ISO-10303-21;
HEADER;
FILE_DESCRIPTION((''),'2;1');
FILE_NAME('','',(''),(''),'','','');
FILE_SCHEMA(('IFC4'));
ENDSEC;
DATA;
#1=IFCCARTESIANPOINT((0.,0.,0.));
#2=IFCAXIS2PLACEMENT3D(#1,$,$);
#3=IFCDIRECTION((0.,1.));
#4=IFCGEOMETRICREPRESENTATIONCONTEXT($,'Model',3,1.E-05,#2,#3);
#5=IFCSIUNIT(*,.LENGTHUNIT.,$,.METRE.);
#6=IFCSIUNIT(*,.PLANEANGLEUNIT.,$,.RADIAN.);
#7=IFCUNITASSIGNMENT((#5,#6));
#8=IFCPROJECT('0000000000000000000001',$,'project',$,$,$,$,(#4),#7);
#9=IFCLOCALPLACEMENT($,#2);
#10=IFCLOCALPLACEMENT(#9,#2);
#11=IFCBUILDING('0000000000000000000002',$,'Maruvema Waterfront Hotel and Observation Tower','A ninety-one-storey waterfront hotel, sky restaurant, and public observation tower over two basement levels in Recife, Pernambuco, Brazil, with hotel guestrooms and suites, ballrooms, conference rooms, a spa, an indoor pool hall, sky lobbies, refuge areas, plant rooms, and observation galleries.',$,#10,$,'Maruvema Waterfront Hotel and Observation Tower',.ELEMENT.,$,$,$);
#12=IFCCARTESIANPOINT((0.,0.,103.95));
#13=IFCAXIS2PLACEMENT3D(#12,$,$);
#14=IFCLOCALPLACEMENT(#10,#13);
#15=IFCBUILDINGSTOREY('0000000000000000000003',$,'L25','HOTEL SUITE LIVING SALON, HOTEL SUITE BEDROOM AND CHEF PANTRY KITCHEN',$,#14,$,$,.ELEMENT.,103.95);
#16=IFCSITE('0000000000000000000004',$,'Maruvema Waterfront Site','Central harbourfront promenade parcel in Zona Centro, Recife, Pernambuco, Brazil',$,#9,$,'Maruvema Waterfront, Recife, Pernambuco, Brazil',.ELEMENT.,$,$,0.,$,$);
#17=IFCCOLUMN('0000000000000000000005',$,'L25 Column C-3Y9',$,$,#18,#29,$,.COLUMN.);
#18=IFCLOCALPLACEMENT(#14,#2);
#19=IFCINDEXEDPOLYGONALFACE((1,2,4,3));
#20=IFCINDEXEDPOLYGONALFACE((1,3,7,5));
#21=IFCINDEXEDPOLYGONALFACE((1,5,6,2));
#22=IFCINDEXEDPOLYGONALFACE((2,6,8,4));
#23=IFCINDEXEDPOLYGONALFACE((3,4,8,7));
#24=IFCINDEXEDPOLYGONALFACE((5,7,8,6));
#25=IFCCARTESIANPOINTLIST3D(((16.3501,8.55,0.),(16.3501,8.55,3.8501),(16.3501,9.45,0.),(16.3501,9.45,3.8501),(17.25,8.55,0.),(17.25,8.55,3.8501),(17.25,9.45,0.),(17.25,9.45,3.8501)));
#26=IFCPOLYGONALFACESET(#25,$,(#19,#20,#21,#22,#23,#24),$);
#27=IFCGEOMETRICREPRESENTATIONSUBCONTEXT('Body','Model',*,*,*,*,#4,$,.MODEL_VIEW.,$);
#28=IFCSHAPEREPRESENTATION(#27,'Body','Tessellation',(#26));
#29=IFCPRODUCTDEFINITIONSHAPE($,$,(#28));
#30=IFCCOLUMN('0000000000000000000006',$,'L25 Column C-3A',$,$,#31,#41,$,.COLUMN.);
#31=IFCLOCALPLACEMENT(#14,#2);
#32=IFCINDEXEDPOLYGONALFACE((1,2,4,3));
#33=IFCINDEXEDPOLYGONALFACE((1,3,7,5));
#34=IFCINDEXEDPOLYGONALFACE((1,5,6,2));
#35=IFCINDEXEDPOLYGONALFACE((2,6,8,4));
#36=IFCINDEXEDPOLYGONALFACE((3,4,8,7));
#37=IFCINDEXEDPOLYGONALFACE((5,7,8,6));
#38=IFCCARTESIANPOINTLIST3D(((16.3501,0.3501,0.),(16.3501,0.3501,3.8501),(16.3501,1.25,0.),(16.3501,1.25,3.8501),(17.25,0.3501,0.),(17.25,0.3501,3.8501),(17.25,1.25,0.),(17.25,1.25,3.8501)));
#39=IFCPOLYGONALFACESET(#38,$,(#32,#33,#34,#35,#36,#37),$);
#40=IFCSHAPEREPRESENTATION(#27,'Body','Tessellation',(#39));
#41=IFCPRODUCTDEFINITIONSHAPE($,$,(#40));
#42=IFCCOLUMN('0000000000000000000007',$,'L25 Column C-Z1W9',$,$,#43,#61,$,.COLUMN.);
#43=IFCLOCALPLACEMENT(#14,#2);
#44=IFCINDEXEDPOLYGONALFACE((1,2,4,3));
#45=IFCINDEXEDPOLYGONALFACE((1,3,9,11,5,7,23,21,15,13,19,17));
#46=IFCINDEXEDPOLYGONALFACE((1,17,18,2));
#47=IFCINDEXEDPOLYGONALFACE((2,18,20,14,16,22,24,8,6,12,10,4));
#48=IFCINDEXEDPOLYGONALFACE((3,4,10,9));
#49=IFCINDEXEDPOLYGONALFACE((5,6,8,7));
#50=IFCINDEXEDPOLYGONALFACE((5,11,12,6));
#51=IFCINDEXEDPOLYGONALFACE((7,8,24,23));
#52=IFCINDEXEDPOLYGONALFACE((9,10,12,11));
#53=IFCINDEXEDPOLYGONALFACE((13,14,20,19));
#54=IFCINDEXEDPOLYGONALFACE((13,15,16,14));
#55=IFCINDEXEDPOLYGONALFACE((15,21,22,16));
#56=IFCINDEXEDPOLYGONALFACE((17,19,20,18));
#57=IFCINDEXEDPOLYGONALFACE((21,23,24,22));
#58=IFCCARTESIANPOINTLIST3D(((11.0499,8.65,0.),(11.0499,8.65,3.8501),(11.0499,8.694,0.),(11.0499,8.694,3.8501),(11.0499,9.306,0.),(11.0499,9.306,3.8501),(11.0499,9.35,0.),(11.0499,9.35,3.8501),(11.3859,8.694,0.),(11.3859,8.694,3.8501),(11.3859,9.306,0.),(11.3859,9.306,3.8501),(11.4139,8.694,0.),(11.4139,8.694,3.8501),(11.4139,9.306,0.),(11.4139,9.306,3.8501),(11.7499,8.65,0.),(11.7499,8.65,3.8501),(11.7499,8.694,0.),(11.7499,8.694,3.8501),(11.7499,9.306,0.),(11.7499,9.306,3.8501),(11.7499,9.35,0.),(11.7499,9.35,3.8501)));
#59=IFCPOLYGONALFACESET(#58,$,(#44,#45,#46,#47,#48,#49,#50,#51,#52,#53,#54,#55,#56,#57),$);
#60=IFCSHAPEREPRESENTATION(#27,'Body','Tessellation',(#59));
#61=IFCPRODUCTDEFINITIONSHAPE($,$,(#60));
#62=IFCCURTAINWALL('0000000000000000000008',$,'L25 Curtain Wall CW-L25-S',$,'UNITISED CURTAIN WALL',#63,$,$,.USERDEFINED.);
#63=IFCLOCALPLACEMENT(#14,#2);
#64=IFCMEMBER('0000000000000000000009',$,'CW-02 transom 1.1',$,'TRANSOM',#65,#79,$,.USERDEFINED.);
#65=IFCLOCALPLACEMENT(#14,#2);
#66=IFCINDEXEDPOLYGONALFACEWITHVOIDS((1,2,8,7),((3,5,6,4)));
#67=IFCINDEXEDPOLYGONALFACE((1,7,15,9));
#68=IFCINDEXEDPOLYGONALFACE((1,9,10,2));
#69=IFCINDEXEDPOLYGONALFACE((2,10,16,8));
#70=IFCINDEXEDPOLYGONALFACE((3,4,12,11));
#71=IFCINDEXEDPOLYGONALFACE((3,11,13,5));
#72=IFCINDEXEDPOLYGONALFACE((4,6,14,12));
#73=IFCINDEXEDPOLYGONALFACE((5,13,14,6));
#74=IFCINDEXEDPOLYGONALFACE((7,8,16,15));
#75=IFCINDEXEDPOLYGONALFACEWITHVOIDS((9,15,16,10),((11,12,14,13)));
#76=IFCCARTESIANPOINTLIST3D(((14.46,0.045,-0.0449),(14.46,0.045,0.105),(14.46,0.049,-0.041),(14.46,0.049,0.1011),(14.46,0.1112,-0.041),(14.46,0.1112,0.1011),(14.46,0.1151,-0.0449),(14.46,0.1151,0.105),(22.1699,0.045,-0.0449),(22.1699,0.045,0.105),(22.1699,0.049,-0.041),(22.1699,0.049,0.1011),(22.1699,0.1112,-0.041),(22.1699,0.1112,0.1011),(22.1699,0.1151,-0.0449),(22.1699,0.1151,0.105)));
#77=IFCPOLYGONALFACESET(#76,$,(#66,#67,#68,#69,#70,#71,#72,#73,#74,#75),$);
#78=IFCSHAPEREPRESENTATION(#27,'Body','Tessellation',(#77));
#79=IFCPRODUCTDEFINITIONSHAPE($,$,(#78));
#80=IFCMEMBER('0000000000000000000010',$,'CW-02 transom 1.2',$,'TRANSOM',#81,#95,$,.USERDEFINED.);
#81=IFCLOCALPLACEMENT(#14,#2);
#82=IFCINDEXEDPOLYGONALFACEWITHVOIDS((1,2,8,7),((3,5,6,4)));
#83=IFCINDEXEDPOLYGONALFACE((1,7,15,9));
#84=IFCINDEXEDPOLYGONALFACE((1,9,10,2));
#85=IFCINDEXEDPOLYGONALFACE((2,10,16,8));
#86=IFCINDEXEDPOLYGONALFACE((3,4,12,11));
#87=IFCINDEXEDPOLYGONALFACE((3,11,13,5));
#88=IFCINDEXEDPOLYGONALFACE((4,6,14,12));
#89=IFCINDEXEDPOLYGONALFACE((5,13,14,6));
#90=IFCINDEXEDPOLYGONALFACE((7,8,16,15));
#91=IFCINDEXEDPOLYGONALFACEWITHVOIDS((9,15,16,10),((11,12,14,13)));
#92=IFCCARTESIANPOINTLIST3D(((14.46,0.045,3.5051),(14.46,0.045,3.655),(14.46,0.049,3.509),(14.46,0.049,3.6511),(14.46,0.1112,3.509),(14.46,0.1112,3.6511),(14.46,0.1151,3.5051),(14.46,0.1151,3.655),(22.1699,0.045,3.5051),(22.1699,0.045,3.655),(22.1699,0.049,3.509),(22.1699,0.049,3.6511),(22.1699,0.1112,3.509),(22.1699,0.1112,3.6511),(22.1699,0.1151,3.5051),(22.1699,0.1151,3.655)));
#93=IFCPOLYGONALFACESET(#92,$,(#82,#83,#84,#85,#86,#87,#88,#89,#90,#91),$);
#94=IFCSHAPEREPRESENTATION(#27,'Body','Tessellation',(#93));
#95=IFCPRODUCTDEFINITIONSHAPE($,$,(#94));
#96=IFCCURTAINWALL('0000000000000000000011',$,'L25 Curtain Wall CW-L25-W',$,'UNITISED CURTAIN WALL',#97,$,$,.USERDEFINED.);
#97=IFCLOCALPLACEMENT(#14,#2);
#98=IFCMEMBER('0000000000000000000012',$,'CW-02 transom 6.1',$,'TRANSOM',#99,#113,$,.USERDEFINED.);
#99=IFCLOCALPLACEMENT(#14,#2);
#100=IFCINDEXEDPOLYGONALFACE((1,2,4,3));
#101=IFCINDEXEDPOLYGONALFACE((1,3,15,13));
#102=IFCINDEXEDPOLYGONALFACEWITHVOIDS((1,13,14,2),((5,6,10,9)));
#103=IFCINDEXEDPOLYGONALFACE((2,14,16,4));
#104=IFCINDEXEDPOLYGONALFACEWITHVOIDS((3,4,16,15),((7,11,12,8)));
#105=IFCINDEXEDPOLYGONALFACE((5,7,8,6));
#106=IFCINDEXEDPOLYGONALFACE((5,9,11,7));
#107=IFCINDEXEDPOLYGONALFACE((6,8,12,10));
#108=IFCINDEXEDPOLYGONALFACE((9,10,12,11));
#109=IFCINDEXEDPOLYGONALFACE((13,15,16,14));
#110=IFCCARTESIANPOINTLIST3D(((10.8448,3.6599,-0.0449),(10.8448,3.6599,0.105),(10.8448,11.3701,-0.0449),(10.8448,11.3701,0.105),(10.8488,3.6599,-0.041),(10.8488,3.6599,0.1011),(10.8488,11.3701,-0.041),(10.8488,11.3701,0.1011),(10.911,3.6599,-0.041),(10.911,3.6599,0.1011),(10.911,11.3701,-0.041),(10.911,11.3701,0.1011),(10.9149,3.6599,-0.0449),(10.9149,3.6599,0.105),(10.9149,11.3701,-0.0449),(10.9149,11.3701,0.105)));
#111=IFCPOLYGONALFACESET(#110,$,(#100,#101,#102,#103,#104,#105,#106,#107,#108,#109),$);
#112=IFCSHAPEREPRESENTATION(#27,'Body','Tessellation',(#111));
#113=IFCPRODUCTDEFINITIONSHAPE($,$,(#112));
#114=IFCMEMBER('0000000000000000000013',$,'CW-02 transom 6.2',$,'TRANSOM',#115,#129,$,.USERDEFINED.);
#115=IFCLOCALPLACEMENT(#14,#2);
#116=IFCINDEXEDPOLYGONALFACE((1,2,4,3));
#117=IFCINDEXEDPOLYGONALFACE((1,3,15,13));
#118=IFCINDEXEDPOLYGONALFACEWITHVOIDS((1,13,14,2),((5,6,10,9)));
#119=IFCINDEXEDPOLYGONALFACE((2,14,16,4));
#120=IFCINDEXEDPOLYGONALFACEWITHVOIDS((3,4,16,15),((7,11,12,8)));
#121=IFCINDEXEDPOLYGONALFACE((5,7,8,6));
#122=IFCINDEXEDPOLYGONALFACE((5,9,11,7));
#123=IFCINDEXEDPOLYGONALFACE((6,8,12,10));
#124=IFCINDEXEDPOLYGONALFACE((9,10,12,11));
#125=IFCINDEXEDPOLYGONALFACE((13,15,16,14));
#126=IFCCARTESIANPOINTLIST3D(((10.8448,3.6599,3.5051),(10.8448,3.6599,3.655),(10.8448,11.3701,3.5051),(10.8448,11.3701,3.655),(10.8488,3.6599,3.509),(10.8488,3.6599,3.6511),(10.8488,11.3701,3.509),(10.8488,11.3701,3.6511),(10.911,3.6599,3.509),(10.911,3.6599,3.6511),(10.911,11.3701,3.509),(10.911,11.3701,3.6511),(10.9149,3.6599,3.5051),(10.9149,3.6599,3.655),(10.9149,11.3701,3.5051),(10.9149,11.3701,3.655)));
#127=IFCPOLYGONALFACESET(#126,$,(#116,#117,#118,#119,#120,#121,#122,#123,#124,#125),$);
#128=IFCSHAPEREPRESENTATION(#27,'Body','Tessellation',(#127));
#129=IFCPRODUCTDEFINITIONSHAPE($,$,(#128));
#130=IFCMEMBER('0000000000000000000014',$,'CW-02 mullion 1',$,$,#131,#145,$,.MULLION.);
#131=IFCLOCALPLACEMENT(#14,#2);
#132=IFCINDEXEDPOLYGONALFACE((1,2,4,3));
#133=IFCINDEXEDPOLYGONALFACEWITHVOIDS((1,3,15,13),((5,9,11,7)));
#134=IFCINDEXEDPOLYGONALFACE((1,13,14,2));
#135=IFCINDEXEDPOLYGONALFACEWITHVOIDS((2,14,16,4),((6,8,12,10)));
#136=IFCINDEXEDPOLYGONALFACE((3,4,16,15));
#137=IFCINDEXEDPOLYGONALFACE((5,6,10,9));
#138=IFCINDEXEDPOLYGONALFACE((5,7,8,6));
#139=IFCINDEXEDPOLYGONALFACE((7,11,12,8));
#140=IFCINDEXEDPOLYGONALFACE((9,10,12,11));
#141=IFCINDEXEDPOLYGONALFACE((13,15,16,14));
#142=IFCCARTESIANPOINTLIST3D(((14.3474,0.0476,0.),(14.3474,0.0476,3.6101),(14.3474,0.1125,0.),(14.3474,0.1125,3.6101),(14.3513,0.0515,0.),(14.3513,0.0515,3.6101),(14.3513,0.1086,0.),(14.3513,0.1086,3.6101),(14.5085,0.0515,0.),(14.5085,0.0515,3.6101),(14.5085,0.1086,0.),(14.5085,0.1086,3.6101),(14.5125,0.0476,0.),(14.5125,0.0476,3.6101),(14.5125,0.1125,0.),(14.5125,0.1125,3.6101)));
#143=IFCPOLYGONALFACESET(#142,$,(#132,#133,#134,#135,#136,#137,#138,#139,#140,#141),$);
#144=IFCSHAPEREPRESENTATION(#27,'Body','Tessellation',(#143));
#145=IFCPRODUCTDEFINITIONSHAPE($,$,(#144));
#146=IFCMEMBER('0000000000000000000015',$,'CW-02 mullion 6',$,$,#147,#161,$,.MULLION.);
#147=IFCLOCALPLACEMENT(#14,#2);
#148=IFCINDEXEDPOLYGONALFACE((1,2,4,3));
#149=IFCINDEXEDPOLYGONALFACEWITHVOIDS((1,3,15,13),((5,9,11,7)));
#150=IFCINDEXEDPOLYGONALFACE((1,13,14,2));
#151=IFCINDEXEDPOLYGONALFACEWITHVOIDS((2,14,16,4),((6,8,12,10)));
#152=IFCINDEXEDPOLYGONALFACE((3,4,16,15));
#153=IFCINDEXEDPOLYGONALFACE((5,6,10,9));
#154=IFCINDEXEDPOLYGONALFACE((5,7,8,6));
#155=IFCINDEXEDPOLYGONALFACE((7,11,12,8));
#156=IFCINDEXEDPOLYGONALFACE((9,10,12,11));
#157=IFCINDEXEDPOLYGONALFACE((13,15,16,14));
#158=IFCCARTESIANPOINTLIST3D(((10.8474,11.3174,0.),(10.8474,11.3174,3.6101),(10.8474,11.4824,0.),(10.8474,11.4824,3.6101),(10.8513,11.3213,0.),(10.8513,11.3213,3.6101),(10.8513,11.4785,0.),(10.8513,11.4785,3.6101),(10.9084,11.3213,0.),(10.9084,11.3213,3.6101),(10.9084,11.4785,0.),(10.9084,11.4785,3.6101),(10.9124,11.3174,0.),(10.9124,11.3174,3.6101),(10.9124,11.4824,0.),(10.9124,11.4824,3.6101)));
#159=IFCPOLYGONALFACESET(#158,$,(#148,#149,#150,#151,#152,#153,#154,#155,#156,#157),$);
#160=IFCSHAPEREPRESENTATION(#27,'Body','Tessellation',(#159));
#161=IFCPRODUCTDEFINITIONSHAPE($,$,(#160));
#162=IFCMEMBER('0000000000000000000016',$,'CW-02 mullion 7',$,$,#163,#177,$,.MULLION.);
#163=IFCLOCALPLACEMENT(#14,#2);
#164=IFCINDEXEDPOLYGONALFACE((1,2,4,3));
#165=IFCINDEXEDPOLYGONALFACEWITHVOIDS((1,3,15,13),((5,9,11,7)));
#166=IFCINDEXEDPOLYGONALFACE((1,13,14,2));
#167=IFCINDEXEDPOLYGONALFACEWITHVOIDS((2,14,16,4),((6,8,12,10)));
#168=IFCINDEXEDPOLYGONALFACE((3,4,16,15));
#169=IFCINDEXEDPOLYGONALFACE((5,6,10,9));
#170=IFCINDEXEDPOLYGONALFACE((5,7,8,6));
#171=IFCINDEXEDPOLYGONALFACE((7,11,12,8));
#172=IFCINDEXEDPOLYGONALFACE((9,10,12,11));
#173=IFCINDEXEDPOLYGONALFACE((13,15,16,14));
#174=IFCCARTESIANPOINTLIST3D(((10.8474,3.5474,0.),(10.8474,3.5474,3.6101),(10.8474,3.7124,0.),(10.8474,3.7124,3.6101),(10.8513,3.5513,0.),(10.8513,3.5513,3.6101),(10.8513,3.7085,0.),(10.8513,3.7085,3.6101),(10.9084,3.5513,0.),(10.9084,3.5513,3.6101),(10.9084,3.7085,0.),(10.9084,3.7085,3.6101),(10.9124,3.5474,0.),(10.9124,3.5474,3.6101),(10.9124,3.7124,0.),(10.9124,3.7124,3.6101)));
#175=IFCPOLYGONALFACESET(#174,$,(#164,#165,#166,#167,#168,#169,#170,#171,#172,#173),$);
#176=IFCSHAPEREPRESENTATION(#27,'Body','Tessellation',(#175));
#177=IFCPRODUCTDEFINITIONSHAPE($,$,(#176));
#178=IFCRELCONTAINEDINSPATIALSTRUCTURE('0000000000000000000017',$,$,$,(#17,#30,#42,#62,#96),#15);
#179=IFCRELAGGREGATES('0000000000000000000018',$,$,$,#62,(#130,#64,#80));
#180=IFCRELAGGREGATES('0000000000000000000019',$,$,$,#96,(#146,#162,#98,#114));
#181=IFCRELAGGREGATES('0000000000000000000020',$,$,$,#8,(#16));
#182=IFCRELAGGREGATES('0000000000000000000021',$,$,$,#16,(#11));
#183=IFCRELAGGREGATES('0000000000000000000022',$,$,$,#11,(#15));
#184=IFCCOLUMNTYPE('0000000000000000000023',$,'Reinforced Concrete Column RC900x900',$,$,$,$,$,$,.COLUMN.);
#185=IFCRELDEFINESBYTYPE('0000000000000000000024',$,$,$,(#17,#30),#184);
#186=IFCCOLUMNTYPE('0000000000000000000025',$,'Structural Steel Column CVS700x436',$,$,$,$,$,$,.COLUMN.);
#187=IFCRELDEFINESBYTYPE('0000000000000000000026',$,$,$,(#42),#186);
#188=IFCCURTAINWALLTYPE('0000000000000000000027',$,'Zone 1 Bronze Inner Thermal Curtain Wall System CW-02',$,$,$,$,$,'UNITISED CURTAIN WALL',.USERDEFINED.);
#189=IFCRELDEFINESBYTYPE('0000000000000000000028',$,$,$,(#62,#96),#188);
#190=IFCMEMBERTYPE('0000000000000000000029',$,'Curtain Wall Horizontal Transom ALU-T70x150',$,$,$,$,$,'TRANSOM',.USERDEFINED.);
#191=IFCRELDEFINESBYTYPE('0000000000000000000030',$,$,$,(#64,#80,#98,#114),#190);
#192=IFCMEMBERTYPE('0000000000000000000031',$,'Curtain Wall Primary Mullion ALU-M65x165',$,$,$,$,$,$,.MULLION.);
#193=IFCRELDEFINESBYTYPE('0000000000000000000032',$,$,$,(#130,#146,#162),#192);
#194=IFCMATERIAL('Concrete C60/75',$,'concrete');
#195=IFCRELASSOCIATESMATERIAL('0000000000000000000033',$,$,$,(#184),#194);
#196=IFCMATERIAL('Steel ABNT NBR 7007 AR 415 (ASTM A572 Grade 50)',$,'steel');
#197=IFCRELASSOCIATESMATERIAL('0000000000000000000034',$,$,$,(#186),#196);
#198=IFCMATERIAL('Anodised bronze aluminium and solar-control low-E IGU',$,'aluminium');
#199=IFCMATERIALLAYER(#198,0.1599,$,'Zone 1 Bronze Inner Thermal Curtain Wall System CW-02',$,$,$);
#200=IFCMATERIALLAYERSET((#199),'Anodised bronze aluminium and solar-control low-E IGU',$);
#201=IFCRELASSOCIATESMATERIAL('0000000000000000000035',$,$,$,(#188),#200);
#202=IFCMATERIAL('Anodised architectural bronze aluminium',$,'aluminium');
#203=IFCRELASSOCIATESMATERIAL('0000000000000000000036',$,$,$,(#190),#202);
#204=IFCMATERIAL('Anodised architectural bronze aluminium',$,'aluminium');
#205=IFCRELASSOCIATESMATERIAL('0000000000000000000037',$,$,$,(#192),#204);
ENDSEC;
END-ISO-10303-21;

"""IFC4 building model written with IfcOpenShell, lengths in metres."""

from ifc_helpers import new_model, si_unit, direction, frame, origin, origin_2d, place, context, subcontext, project, spatial, rectangle, hollow_rectangle, i_section, extrude, material, layer, layer_set, material_profile, profile_set, type_object, element, aggregate, save


model = new_model("IFC4")

# Units and contexts
model_context = context("Model", 3, precision=1e-05, world=origin(), true_north=direction((0.0, 1.0)))
body_context = subcontext(model_context, "Body", "Model", "MODEL_VIEW")
ifc_project = project(units=[si_unit("LENGTHUNIT", "METRE"), si_unit("PLANEANGLEUNIT", "RADIAN")], contexts=[model_context])

# Site, building, storey
site_placement = place(None, origin())
site = spatial("IfcSite", under=ifc_project, at=site_placement, Name="Maruvema Waterfront Site", Description="Central harbourfront promenade parcel in Zona Centro, Recife, Pernambuco, Brazil", LongName="Maruvema Waterfront, Recife, Pernambuco, Brazil", CompositionType="ELEMENT", RefElevation=0.0)
building_placement = place(site_placement, origin())
building = spatial("IfcBuilding", under=site, at=building_placement, Name="Maruvema Waterfront Hotel and Observation Tower", Description="A ninety-one-storey waterfront hotel, sky restaurant, and public observation tower over two basement levels in Recife, Pernambuco, Brazil, with hotel guestrooms and suites, ballrooms, conference rooms, a spa, an indoor pool hall, sky lobbies, refuge areas, plant rooms, and observation galleries.", LongName="Maruvema Waterfront Hotel and Observation Tower", CompositionType="ELEMENT")
storey_placement = place(building_placement, frame((0.0, 0.0, 103.95)))
storey = spatial("IfcBuildingStorey", under=building, at=storey_placement, Name="L25", Description="HOTEL SUITE LIVING SALON, HOTEL SUITE BEDROOM AND CHEF PANTRY KITCHEN", CompositionType="ELEMENT", Elevation=103.95)

# Columns
ifc_material_1 = material(Name="Concrete C60/75", Category="concrete")
ifc_material_profile_1 = material_profile(ifc_material_1, rectangle(XDim=0.8999, YDim=0.8999, at=origin_2d()), Name="RC900x900")
ifc_profile_set_1 = profile_set([ifc_material_profile_1], Name="Concrete C60/75")
column_type_1 = type_object("IfcColumnType", Name="Reinforced Concrete Column RC900x900", PredefinedType="COLUMN", material=ifc_profile_set_1)
for number, where, z_axis, x_axis, name in (
    (1, (16.8, 9.0, 0.0), (0.0, 0.0, 1.0), (1.0, 0.0, 0.0), "L25 Column C-3Y9"),
    (2, (16.8, 0.8, 0.0), (0.0, 0.0, 1.0), (1.0, 0.0, 0.0), "L25 Column C-3A"),
):
    element("IfcColumn", number, at=place(storey_placement, frame(where, z_axis=z_axis, x_axis=x_axis)), inside=storey, type_object=column_type_1, Name=name, PredefinedType="COLUMN", context=body_context, shape_type="SweptSolid", body=[
        extrude(rectangle(XDim=0.8999, YDim=0.8999, at=origin_2d()), origin(), (0.0, 0.0, 1.0), 3.8501),
    ])
ifc_material_2 = material(Name="Steel ABNT NBR 7007 AR 415 (ASTM A572 Grade 50)", Category="steel")
ifc_material_profile_2 = material_profile(ifc_material_2, i_section(OverallWidth=0.7, OverallDepth=0.7, WebThickness=0.0281, FlangeThickness=0.0439, at=origin_2d()), Name="CVS700x436")
ifc_profile_set_2 = profile_set([ifc_material_profile_2], Name="Steel ABNT NBR 7007 AR 415 (ASTM A572 Grade 50)")
column_type_2 = type_object("IfcColumnType", Name="Structural Steel Column CVS700x436", PredefinedType="COLUMN", material=ifc_profile_set_2)
column_placement = place(storey_placement, frame((11.3999, 9.0, 0.0), z_axis=(0.0, 0.0, 1.0), x_axis=(1.0, 0.0, 0.0)))
element("IfcColumn", 3, at=column_placement, inside=storey, type_object=column_type_2, Name="L25 Column C-Z1W9", PredefinedType="COLUMN", context=body_context, shape_type="SweptSolid", body=[
    extrude(i_section(OverallWidth=0.7, OverallDepth=0.7, WebThickness=0.0281, FlangeThickness=0.0439, at=origin_2d()), origin(), (0.0, 0.0, 1.0), 3.8501),
])

# Curtain walls, members
ifc_material_3 = material(Name="Anodised bronze aluminium and solar-control low-E IGU", Category="aluminium")
ifc_layer_1 = layer(ifc_material_3, 0.1599, Name="Zone 1 Bronze Inner Thermal Curtain Wall System CW-02")
ifc_layer_set_1 = layer_set([ifc_layer_1], Name="Anodised bronze aluminium and solar-control low-E IGU")
curtain_wall_type = type_object("IfcCurtainWallType", Name="Zone 1 Bronze Inner Thermal Curtain Wall System CW-02", ElementType="UNITISED CURTAIN WALL", PredefinedType="USERDEFINED", material=ifc_layer_set_1)
curtain_wall_1_placement = place(storey_placement, origin())
curtain_wall_1 = element("IfcCurtainWall", 4, at=curtain_wall_1_placement, inside=storey, type_object=curtain_wall_type, Name="L25 Curtain Wall CW-L25-S", ObjectType="UNITISED CURTAIN WALL", PredefinedType="USERDEFINED")
ifc_material_4 = material(Name="Anodised architectural bronze aluminium", Category="aluminium")
ifc_material_profile_3 = material_profile(ifc_material_4, hollow_rectangle(XDim=0.0701, YDim=0.1499, WallThickness=0.0039, at=origin_2d()), Name="ALU-T70x150")
ifc_profile_set_3 = profile_set([ifc_material_profile_3], Name="Anodised architectural bronze aluminium")
member_type_1 = type_object("IfcMemberType", Name="Curtain Wall Horizontal Transom ALU-T70x150", ElementType="TRANSOM", PredefinedType="USERDEFINED", material=ifc_profile_set_3)
member_1_placement = place(storey_placement, frame((14.46, 0.0801, 0.03), z_axis=(1.0, 0.0, 0.0), x_axis=(0.0, 1.0, 0.0)))
member_1 = element("IfcMember", 5, at=member_1_placement, type_object=member_type_1, Name="CW-02 transom 1.1", ObjectType="TRANSOM", PredefinedType="USERDEFINED", context=body_context, shape_type="SweptSolid", body=[
    extrude(hollow_rectangle(XDim=0.0701, YDim=0.1499, WallThickness=0.0039, at=origin_2d()), origin(), (0.0, 0.0, 1.0), 7.71),
])
member_2_placement = place(storey_placement, frame((14.46, 0.0801, 3.5801), z_axis=(1.0, 0.0, 0.0), x_axis=(0.0, 1.0, 0.0)))
member_2 = element("IfcMember", 6, at=member_2_placement, type_object=member_type_1, Name="CW-02 transom 1.2", ObjectType="TRANSOM", PredefinedType="USERDEFINED", context=body_context, shape_type="SweptSolid", body=[
    extrude(hollow_rectangle(XDim=0.0701, YDim=0.1499, WallThickness=0.0039, at=origin_2d()), origin(), (0.0, 0.0, 1.0), 7.71),
])
curtain_wall_2_placement = place(storey_placement, origin())
curtain_wall_2 = element("IfcCurtainWall", 7, at=curtain_wall_2_placement, inside=storey, type_object=curtain_wall_type, Name="L25 Curtain Wall CW-L25-W", ObjectType="UNITISED CURTAIN WALL", PredefinedType="USERDEFINED")
member_3_placement = place(storey_placement, frame((10.8799, 11.3701, 0.03), z_axis=(0.0, -1.0, 0.0), x_axis=(1.0, 0.0, 0.0)))
member_3 = element("IfcMember", 8, at=member_3_placement, type_object=member_type_1, Name="CW-02 transom 6.1", ObjectType="TRANSOM", PredefinedType="USERDEFINED", context=body_context, shape_type="SweptSolid", body=[
    extrude(hollow_rectangle(XDim=0.0701, YDim=0.1499, WallThickness=0.0039, at=origin_2d()), origin(), (0.0, 0.0, 1.0), 7.7102),
])
member_4_placement = place(storey_placement, frame((10.8799, 11.3701, 3.5801), z_axis=(0.0, -1.0, 0.0), x_axis=(1.0, 0.0, 0.0)))
member_4 = element("IfcMember", 9, at=member_4_placement, type_object=member_type_1, Name="CW-02 transom 6.2", ObjectType="TRANSOM", PredefinedType="USERDEFINED", context=body_context, shape_type="SweptSolid", body=[
    extrude(hollow_rectangle(XDim=0.0701, YDim=0.1499, WallThickness=0.0039, at=origin_2d()), origin(), (0.0, 0.0, 1.0), 7.7102),
])

# Members
ifc_material_5 = material(Name="Anodised architectural bronze aluminium", Category="aluminium")
ifc_material_profile_4 = material_profile(ifc_material_5, hollow_rectangle(XDim=0.0649, YDim=0.165, WallThickness=0.0039, at=origin_2d()), Name="ALU-M65x165")
ifc_profile_set_4 = profile_set([ifc_material_profile_4], Name="Anodised architectural bronze aluminium")
member_type_2 = type_object("IfcMemberType", Name="Curtain Wall Primary Mullion ALU-M65x165", PredefinedType="MULLION", material=ifc_profile_set_4)
member_5_placement = place(storey_placement, frame((14.4299, 0.0801, 0.0), z_axis=(0.0, 0.0, 1.0), x_axis=(0.0, 1.0, 0.0)))
member_5 = element("IfcMember", 10, at=member_5_placement, type_object=member_type_2, Name="CW-02 mullion 1", PredefinedType="MULLION", context=body_context, shape_type="SweptSolid", body=[
    extrude(hollow_rectangle(XDim=0.0649, YDim=0.165, WallThickness=0.0039, at=origin_2d()), origin(), (0.0, 0.0, 1.0), 3.6101),
])
member_6_placement = place(storey_placement, frame((10.8799, 11.3999, 0.0), z_axis=(0.0, 0.0, 1.0), x_axis=(1.0, 0.0, 0.0)))
member_6 = element("IfcMember", 11, at=member_6_placement, type_object=member_type_2, Name="CW-02 mullion 6", PredefinedType="MULLION", context=body_context, shape_type="SweptSolid", body=[
    extrude(hollow_rectangle(XDim=0.0649, YDim=0.165, WallThickness=0.0039, at=origin_2d()), origin(), (0.0, 0.0, 1.0), 3.6101),
])
member_7_placement = place(storey_placement, frame((10.8799, 3.6299, 0.0), z_axis=(0.0, 0.0, 1.0), x_axis=(1.0, 0.0, 0.0)))
member_7 = element("IfcMember", 12, at=member_7_placement, type_object=member_type_2, Name="CW-02 mullion 7", PredefinedType="MULLION", context=body_context, shape_type="SweptSolid", body=[
    extrude(hollow_rectangle(XDim=0.0649, YDim=0.165, WallThickness=0.0039, at=origin_2d()), origin(), (0.0, 0.0, 1.0), 3.6101),
])

aggregate(curtain_wall_1, [member_5, member_1, member_2])
aggregate(curtain_wall_2, [member_6, member_7, member_3, member_4])

save(model, "model.ifc")
